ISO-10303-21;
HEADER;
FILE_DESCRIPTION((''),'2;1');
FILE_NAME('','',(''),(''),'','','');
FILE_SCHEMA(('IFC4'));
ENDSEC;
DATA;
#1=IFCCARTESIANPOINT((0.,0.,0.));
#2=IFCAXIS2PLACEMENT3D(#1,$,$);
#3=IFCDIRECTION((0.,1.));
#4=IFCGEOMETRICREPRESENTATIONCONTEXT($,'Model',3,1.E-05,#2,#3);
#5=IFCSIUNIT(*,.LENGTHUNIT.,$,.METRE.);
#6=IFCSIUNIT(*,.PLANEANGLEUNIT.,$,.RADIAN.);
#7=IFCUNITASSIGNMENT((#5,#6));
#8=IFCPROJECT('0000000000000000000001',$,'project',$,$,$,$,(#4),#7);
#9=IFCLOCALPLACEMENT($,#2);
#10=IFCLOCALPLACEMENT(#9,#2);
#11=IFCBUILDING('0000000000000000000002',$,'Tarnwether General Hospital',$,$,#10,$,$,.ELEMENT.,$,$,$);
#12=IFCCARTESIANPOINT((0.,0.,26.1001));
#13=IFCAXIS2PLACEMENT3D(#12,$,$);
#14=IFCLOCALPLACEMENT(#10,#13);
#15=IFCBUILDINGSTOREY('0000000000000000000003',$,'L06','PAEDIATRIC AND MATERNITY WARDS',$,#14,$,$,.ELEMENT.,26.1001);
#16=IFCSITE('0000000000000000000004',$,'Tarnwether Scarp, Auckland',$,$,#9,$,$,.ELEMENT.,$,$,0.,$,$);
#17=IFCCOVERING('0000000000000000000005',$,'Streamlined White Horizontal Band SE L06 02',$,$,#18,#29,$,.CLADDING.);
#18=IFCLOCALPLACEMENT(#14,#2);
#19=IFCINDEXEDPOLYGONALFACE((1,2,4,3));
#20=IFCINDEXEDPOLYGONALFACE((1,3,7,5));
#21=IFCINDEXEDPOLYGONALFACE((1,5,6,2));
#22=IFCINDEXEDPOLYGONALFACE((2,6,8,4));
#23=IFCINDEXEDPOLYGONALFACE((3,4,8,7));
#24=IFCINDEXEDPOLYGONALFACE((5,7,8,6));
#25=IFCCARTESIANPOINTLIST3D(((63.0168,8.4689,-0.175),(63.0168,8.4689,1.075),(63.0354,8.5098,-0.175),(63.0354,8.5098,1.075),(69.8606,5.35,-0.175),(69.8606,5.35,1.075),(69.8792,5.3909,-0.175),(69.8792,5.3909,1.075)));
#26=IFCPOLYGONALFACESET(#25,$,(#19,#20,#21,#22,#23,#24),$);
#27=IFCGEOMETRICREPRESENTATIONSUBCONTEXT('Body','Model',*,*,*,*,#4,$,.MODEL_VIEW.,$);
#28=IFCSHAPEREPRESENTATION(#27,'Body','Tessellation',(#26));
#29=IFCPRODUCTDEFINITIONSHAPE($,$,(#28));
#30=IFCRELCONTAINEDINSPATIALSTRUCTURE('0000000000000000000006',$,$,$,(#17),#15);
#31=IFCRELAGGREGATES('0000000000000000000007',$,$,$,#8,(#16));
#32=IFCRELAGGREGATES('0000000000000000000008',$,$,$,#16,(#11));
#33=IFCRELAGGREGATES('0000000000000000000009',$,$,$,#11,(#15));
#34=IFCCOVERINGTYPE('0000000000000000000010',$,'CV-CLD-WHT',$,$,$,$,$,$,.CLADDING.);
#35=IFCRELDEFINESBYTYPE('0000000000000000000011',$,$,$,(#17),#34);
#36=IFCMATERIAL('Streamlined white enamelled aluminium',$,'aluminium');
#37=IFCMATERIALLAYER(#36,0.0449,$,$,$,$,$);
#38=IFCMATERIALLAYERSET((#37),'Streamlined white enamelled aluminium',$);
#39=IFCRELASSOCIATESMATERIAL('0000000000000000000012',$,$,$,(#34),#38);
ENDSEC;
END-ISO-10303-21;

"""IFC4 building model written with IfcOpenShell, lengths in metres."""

from ifc_helpers import new_model, si_unit, direction, frame, origin, origin_2d, place, context, subcontext, project, spatial, rectangle, extrude, material, layer, layer_set, type_object, element, save


model = new_model("IFC4")

# Units and contexts
model_context = context("Model", 3, precision=1e-05, world=origin(), true_north=direction((0.0, 1.0)))
body_context = subcontext(model_context, "Body", "Model", "MODEL_VIEW")
ifc_project = project(units=[si_unit("LENGTHUNIT", "METRE"), si_unit("PLANEANGLEUNIT", "RADIAN")], contexts=[model_context])

# Site, building, storey
site_placement = place(None, origin())
site = spatial("IfcSite", under=ifc_project, at=site_placement, Name="Tarnwether Scarp, Auckland", CompositionType="ELEMENT", RefElevation=0.0)
building_placement = place(site_placement, origin())
building = spatial("IfcBuilding", under=site, at=building_placement, Name="Tarnwether General Hospital", CompositionType="ELEMENT")
storey_placement = place(building_placement, frame((0.0, 0.0, 26.1001)))
storey = spatial("IfcBuildingStorey", under=building, at=storey_placement, Name="L06", Description="PAEDIATRIC AND MATERNITY WARDS", CompositionType="ELEMENT", Elevation=26.1001)

# Covering
ifc_material_1 = material(Name="Streamlined white enamelled aluminium", Category="aluminium")
ifc_layer_1 = layer(ifc_material_1, 0.0449)
ifc_layer_set_1 = layer_set([ifc_layer_1], Name="Streamlined white enamelled aluminium")
covering_type = type_object("IfcCoveringType", Name="CV-CLD-WHT", PredefinedType="CLADDING", material=ifc_layer_set_1)
covering_placement = place(storey_placement, frame((66.448, 6.9299, -0.175), z_axis=(0.0, 0.0, 1.0), x_axis=(-0.909961, 0.414693, 0.0)))
element("IfcCovering", 1, at=covering_placement, inside=storey, type_object=covering_type, Name="Streamlined White Horizontal Band SE L06 02", PredefinedType="CLADDING", context=body_context, shape_type="SweptSolid", body=[
    extrude(rectangle(XDim=7.521, YDim=0.0449, at=origin_2d()), origin(), (0.0, 0.0, 1.0), 1.25),
])

save(model, "model.ifc")
